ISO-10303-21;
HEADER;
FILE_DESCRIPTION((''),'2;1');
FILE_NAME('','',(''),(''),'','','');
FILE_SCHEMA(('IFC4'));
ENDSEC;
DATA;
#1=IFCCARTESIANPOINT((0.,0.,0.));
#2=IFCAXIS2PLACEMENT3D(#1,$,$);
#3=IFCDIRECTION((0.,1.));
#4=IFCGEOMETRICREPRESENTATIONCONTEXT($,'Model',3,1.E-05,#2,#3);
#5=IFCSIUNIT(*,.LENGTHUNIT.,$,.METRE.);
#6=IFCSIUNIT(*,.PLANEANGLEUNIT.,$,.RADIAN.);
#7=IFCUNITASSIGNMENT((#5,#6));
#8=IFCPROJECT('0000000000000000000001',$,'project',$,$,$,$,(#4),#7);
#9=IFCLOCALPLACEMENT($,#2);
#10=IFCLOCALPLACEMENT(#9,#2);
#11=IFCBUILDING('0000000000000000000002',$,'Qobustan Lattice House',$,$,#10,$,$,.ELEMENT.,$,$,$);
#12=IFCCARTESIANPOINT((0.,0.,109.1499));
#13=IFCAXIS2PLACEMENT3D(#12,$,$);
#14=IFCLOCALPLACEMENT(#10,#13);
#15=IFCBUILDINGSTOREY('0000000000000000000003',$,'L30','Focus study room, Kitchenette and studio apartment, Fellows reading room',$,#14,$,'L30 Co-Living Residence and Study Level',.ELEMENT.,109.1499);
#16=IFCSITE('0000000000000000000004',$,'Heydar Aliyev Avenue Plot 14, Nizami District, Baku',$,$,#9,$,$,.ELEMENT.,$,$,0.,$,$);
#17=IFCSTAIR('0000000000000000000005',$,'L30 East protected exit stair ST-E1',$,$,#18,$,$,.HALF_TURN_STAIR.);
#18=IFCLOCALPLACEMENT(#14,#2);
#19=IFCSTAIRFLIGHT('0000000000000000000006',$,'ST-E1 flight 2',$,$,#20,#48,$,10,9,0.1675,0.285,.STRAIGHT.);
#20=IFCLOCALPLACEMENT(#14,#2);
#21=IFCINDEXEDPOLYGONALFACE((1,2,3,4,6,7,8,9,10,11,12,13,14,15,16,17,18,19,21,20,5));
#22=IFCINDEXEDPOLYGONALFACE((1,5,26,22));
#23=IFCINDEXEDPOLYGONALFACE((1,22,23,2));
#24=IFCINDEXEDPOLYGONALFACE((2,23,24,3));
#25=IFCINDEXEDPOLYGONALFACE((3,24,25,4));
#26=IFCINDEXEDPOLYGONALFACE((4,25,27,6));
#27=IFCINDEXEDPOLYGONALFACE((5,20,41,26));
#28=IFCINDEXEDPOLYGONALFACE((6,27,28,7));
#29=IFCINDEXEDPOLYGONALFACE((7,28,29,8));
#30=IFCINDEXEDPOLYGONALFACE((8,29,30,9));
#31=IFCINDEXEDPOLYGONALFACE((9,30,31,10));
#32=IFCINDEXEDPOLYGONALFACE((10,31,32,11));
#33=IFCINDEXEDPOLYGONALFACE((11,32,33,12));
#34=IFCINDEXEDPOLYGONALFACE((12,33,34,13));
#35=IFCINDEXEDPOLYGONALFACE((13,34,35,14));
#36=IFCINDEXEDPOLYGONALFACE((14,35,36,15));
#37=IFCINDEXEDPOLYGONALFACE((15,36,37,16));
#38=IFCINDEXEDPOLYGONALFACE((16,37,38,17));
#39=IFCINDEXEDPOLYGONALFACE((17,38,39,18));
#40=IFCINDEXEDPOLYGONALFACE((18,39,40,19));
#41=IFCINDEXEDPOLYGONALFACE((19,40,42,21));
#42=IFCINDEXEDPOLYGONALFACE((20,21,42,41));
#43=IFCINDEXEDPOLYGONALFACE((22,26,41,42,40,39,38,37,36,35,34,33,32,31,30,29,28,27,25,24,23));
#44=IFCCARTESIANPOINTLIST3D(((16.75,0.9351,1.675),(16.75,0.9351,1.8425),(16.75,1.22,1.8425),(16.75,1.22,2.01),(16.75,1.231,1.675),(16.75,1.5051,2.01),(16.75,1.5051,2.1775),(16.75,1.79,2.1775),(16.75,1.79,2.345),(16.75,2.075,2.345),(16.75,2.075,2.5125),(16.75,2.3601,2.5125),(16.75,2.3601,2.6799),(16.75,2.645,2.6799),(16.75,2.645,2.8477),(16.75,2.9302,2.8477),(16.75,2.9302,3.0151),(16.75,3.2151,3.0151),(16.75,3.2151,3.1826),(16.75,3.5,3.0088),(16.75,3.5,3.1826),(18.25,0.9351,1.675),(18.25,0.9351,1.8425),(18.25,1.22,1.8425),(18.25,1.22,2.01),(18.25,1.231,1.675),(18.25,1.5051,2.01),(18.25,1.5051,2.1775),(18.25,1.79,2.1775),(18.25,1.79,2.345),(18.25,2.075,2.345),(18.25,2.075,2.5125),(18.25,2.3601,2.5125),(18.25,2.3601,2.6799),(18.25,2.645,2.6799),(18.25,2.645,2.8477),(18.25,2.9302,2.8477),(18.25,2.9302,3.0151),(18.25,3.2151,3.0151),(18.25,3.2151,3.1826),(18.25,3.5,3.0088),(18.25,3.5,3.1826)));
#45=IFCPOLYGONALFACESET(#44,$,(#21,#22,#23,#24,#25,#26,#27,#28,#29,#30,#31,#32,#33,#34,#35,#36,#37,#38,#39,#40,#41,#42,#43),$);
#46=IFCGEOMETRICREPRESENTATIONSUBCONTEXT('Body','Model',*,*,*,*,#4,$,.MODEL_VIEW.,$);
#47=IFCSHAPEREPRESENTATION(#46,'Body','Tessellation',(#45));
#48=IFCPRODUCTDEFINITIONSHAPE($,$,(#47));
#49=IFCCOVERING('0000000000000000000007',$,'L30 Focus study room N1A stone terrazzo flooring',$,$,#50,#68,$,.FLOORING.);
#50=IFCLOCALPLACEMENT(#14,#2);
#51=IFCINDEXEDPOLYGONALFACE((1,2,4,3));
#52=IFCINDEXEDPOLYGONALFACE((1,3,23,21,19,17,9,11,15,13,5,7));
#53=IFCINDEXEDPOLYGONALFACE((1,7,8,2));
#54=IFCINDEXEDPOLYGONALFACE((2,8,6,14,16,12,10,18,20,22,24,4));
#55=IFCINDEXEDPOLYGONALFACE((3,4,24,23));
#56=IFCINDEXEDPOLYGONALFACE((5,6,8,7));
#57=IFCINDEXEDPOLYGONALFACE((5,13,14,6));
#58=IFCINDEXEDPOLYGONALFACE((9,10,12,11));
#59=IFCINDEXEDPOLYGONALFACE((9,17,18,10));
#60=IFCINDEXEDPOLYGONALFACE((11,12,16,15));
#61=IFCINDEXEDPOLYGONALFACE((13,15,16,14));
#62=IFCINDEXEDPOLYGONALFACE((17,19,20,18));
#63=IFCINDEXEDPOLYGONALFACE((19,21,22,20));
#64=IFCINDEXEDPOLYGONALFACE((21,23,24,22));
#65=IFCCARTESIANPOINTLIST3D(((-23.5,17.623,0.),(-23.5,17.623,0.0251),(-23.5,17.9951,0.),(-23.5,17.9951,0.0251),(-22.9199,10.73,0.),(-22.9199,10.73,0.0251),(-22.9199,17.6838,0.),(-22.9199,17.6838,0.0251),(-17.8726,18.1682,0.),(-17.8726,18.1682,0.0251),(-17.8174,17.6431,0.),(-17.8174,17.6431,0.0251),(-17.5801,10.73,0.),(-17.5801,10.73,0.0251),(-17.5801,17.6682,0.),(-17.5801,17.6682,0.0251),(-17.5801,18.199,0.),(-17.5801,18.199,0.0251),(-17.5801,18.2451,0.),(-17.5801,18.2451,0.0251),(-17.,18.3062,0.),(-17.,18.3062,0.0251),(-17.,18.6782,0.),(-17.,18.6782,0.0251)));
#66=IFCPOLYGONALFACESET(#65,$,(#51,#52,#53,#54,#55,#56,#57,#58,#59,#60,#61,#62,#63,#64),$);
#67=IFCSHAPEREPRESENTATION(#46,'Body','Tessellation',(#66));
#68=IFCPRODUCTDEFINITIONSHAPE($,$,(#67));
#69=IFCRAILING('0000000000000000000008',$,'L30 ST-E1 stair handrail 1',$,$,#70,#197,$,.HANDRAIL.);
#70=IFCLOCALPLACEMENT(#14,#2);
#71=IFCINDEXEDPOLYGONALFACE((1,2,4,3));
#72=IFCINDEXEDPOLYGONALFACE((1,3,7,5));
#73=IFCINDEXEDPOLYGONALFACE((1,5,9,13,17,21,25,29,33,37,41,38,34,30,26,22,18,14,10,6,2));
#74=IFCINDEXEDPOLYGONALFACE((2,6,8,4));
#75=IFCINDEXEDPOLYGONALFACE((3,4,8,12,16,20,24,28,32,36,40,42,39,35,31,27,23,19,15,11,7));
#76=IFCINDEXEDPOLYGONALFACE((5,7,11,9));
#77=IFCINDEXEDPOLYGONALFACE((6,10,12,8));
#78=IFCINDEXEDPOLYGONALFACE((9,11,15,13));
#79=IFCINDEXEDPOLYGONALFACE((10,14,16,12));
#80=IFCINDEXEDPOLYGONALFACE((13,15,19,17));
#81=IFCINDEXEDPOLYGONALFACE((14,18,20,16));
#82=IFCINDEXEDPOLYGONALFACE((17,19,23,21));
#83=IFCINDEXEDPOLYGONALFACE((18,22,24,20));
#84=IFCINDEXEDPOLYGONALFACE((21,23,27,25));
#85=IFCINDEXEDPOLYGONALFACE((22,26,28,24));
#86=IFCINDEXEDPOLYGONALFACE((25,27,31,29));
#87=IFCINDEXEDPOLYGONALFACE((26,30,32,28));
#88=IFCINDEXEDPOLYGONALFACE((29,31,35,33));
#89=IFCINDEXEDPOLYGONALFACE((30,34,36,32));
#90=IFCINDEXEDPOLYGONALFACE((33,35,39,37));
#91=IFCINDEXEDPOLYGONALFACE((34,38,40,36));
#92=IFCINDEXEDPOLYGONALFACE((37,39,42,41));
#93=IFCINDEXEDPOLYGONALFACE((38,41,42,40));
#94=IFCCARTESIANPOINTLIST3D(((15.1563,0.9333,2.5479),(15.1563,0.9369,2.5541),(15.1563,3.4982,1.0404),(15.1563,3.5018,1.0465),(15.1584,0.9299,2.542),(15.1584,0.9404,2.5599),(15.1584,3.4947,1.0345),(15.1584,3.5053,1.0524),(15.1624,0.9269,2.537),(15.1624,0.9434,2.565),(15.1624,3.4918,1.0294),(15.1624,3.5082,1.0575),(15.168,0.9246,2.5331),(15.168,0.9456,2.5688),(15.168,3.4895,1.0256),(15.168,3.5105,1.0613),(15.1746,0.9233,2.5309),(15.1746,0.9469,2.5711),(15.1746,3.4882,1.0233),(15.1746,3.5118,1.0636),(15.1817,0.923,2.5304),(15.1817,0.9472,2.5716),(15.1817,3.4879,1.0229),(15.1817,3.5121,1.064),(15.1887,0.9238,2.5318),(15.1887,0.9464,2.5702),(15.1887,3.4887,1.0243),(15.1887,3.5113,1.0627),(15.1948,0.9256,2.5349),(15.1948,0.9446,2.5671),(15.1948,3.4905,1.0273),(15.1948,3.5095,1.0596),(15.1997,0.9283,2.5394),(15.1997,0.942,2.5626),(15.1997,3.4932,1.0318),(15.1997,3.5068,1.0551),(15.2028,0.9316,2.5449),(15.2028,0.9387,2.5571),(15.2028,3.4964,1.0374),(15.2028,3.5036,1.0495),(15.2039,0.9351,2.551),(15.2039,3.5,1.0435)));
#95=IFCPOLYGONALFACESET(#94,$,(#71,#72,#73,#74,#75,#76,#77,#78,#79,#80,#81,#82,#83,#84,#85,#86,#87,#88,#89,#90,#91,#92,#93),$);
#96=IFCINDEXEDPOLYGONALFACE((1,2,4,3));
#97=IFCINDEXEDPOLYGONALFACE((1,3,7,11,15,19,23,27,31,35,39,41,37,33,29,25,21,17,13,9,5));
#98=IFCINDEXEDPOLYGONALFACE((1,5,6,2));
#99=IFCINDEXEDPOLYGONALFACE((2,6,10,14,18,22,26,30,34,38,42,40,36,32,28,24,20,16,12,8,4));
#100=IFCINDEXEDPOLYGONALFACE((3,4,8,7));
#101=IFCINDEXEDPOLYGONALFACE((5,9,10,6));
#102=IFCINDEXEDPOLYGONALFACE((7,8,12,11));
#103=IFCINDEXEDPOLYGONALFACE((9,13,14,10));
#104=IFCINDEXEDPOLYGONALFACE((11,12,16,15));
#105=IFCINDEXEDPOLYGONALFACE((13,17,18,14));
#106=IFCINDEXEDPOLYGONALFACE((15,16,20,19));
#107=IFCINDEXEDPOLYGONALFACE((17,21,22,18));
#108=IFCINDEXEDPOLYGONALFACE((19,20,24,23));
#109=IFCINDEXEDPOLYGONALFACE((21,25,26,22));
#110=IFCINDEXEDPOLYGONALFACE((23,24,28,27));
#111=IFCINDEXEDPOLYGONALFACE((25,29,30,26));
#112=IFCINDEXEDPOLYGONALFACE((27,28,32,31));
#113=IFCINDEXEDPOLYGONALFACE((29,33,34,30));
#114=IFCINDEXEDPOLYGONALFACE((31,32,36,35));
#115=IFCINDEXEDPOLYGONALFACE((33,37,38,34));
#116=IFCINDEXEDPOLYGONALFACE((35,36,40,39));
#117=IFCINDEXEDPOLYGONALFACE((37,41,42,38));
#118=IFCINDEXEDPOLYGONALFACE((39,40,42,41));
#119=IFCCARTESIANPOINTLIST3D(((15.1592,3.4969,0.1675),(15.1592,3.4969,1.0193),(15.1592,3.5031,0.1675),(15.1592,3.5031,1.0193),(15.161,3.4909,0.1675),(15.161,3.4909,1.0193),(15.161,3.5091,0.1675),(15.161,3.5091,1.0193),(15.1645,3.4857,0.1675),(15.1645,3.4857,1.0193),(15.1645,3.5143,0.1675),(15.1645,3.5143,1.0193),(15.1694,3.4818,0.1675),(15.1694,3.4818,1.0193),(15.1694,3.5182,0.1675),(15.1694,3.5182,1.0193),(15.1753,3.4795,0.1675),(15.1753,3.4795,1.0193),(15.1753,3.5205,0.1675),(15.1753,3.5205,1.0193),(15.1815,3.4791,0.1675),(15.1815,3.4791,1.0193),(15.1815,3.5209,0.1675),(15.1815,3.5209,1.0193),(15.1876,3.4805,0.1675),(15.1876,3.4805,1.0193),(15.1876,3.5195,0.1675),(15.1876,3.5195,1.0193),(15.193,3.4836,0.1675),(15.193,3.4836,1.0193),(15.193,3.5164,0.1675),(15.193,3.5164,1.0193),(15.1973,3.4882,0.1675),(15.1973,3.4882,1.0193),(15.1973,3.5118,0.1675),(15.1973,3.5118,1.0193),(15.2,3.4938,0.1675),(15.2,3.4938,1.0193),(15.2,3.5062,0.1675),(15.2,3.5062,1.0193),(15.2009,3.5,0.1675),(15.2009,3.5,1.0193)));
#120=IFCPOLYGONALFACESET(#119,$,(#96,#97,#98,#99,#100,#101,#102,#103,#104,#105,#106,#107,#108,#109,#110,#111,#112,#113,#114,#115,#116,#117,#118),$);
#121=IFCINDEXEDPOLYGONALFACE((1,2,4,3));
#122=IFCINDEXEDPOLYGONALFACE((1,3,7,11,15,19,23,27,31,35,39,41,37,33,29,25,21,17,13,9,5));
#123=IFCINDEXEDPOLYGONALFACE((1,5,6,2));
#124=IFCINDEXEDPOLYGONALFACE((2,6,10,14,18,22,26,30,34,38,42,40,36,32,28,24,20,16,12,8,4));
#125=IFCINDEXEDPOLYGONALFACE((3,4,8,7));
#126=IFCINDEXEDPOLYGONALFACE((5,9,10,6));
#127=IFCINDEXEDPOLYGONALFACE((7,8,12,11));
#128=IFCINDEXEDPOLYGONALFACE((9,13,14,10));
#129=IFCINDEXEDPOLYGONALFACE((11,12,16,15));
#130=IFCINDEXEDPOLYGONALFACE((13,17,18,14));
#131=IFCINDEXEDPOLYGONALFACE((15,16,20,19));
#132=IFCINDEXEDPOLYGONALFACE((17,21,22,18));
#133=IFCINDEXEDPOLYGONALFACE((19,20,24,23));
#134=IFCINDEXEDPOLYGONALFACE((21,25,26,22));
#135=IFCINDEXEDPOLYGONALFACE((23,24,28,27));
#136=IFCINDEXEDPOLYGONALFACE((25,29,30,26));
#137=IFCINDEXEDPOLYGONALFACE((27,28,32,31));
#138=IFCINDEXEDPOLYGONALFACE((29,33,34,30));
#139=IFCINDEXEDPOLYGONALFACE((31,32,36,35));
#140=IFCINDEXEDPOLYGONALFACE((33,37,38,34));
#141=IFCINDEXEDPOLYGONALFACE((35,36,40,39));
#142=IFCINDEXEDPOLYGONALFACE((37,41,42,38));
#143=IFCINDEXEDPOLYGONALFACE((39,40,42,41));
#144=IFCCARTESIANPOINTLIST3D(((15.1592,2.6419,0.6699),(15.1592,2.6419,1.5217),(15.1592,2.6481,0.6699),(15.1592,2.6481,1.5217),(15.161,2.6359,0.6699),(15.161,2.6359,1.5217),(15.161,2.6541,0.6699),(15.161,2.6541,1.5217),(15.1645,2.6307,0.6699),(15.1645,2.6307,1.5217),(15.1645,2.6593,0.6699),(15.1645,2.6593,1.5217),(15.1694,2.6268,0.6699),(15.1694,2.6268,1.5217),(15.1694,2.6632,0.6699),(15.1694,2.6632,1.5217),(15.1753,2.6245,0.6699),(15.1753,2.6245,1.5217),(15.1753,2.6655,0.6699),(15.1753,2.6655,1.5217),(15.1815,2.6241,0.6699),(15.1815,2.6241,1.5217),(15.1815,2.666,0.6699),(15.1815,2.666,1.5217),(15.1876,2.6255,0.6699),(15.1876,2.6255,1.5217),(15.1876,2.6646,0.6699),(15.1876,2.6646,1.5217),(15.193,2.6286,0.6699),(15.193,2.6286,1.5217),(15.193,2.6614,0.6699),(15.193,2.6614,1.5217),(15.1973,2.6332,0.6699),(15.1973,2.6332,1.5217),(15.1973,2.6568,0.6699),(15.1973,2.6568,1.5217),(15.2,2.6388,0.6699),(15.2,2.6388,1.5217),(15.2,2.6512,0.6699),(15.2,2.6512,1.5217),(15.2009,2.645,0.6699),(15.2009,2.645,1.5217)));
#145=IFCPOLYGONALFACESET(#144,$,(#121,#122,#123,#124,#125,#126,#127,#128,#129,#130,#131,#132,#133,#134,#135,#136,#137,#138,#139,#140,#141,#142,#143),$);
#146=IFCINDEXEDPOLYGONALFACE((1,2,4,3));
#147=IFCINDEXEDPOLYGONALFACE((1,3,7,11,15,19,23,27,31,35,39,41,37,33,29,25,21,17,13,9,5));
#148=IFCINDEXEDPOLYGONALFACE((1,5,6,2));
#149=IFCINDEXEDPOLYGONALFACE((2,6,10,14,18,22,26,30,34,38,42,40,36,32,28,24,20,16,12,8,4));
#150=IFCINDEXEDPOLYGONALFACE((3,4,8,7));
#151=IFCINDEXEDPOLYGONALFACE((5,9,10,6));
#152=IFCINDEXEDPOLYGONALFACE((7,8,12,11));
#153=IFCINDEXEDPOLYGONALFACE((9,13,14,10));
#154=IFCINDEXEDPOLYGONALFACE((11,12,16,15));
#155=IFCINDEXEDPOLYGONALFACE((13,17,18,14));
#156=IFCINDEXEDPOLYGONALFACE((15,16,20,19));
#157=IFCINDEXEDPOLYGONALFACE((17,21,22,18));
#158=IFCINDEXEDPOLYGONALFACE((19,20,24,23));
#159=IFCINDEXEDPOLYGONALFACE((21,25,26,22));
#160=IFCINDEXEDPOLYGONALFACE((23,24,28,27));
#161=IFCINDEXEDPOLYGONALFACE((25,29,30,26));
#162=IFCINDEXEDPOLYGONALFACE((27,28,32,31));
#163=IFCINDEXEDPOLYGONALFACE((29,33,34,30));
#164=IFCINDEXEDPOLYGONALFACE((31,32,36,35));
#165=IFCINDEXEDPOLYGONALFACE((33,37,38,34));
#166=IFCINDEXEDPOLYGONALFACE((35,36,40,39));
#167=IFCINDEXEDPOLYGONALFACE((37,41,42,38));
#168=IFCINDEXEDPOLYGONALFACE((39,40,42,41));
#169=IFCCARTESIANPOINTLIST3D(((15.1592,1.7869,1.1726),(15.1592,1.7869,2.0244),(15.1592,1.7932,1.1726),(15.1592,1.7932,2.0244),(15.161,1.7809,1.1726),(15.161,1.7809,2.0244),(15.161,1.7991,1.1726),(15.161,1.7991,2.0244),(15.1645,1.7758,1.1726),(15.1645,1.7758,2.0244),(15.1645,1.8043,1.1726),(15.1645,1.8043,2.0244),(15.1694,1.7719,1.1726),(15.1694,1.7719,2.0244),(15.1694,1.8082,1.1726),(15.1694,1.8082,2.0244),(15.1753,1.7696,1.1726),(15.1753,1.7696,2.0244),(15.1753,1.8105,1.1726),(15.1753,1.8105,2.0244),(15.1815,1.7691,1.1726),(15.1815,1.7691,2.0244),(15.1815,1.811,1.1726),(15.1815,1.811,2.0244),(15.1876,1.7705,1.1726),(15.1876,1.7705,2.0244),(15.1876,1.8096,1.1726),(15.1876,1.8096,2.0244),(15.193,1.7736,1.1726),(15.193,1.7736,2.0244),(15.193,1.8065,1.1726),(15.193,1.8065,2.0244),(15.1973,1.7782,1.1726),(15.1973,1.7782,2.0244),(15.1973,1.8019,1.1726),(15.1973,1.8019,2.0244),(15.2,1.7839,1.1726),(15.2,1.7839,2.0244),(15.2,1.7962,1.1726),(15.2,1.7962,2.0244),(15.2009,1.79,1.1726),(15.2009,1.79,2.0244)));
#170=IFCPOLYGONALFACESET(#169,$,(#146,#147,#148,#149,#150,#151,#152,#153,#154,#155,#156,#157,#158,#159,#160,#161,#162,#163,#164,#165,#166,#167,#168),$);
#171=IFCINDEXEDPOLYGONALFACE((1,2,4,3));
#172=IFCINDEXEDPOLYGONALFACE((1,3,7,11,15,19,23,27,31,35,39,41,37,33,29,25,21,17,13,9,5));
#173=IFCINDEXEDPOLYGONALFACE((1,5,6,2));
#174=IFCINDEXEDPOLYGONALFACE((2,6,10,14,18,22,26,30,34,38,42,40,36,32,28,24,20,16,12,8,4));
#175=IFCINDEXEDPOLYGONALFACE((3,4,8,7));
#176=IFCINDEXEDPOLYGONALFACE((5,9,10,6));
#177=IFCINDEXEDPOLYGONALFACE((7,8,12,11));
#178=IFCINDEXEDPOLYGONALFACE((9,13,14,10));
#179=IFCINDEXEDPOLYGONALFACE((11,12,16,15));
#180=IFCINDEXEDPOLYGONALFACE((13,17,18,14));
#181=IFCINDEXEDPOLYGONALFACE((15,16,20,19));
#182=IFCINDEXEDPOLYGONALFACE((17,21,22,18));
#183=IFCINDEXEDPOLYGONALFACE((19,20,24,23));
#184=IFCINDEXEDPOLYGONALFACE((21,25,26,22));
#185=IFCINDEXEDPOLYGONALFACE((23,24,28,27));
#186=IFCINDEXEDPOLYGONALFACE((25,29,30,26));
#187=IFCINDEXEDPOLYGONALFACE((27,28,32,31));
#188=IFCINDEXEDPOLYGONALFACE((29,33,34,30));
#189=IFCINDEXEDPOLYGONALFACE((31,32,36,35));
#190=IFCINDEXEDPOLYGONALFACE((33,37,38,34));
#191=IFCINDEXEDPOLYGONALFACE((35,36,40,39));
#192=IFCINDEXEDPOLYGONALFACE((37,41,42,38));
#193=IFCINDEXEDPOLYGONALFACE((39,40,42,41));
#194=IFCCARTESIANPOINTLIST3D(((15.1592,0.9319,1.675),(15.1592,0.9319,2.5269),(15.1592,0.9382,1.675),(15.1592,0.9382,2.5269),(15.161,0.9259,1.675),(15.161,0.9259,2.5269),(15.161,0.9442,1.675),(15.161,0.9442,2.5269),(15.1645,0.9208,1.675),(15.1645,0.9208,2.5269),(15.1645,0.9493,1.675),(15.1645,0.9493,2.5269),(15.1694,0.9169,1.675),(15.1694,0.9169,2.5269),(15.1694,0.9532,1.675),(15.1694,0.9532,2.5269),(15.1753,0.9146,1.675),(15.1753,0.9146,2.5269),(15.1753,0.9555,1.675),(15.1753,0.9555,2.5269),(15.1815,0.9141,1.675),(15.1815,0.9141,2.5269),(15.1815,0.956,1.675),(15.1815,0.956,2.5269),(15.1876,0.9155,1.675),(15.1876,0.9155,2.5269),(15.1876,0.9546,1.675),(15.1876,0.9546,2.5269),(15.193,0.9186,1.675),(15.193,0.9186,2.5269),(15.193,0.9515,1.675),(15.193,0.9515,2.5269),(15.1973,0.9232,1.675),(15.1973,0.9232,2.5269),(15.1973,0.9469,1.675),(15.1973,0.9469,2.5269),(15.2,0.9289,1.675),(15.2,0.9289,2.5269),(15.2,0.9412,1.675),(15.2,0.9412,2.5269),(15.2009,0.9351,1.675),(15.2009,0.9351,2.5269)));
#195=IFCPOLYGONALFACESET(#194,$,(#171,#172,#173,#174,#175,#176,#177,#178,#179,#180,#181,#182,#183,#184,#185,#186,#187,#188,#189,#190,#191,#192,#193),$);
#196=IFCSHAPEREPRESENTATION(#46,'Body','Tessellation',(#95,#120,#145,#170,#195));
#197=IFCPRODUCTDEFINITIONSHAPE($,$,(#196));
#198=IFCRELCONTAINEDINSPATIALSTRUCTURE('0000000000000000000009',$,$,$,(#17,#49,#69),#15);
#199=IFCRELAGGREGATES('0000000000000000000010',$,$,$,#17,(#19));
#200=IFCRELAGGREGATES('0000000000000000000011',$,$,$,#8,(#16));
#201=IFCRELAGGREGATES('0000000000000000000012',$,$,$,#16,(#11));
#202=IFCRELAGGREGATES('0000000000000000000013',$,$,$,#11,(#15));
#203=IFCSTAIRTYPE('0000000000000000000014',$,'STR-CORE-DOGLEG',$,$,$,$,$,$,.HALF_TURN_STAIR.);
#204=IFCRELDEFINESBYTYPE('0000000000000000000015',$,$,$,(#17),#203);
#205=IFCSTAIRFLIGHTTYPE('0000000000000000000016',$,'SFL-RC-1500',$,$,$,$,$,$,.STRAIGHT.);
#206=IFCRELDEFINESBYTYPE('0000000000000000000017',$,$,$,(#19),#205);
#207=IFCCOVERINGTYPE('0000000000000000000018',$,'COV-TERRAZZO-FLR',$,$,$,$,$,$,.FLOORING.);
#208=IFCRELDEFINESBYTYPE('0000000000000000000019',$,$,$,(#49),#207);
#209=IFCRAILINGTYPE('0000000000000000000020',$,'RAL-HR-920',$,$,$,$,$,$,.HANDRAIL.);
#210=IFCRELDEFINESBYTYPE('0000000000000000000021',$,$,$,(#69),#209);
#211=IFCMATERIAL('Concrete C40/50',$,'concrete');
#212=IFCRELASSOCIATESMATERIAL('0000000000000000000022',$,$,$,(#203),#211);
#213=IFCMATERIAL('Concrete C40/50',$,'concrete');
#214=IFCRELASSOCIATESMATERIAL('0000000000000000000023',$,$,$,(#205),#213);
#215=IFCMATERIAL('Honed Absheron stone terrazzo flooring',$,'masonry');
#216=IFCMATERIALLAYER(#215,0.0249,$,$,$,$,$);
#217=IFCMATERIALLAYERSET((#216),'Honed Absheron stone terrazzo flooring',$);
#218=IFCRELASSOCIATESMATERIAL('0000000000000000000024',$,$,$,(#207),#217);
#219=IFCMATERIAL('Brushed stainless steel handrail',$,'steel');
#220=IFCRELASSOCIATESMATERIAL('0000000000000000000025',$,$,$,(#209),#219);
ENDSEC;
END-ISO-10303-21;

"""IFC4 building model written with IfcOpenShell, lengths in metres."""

from ifc_helpers import new_model, si_unit, direction, frame, origin, origin_2d, place, context, subcontext, project, spatial, polyline, circle, outline, extrude, material, layer, layer_set, type_object, element, aggregate, save


model = new_model("IFC4")

# Units and contexts
model_context = context("Model", 3, precision=1e-05, world=origin(), true_north=direction((0.0, 1.0)))
body_context = subcontext(model_context, "Body", "Model", "MODEL_VIEW")
ifc_project = project(units=[si_unit("LENGTHUNIT", "METRE"), si_unit("PLANEANGLEUNIT", "RADIAN")], contexts=[model_context])

# Site, building, storey
site_placement = place(None, origin())
site = spatial("IfcSite", under=ifc_project, at=site_placement, Name="Heydar Aliyev Avenue Plot 14, Nizami District, Baku", CompositionType="ELEMENT", RefElevation=0.0)
building_placement = place(site_placement, origin())
building = spatial("IfcBuilding", under=site, at=building_placement, Name="Qobustan Lattice House", CompositionType="ELEMENT")
storey_placement = place(building_placement, frame((0.0, 0.0, 109.1499)))
storey = spatial("IfcBuildingStorey", under=building, at=storey_placement, Name="L30", Description="Focus study room, Kitchenette and studio apartment, Fellows reading room", LongName="L30 Co-Living Residence and Study Level", CompositionType="ELEMENT", Elevation=109.1499)

# Stair, stair flight
ifc_material_1 = material(Name="Concrete C40/50", Category="concrete")
stair_type = type_object("IfcStairType", Name="STR-CORE-DOGLEG", PredefinedType="HALF_TURN_STAIR", material=ifc_material_1)
stair_placement = place(storey_placement, origin())
stair = element("IfcStair", 1, at=stair_placement, inside=storey, type_object=stair_type, Name="L30 East protected exit stair ST-E1", PredefinedType="HALF_TURN_STAIR")
ifc_material_2 = material(Name="Concrete C40/50", Category="concrete")
stair_flight_type = type_object("IfcStairFlightType", Name="SFL-RC-1500", PredefinedType="STRAIGHT", material=ifc_material_2)
stair_flight_1_placement = place(storey_placement, frame((17.5, 0.9351, 1.675), z_axis=(0.0, 0.0, 1.0), x_axis=(0.0, 1.0, 0.0)))
stair_flight_1 = element("IfcStairFlight", 2, at=stair_flight_1_placement, type_object=stair_flight_type, Name="ST-E1 flight 2", NumberOfRisers=10, NumberOfTreads=9, PredefinedType="STRAIGHT", RiserHeight=0.1675, TreadLength=0.285, context=body_context, shape_type="SweptSolid", body=[
    extrude(outline(polyline([(0.0, 0.0), (0.0, 0.1675), (0.2849, 0.1675), (0.2849, 0.335), (0.5701, 0.335), (0.5701, 0.5024), (0.855, 0.5024), (0.855, 0.6699), (1.1399, 0.6699), (1.1399, 0.8374), (1.425, 0.8374), (1.425, 1.0049), (1.71, 1.0049), (1.71, 1.1726), (1.9951, 1.1726), (1.9951, 1.3401), (2.28, 1.3401), (2.28, 1.5076), (2.5649, 1.5076), (2.5649, 1.675), (2.5649, 1.3337), (0.2959, 0.0), (0.0, 0.0)])), frame((0.0, 0.75, 0.0), z_axis=(0.0, -1.0, 0.0), x_axis=(1.0, 0.0, 0.0)), (0.0, 0.0, 1.0), 1.5),
])
aggregate(stair, [stair_flight_1])

# Covering
ifc_material_3 = material(Name="Honed Absheron stone terrazzo flooring", Category="masonry")
ifc_layer_1 = layer(ifc_material_3, 0.0249)
ifc_layer_set_1 = layer_set([ifc_layer_1], Name="Honed Absheron stone terrazzo flooring")
covering_type = type_object("IfcCoveringType", Name="COV-TERRAZZO-FLR", PredefinedType="FLOORING", material=ifc_layer_set_1)
covering_placement = place(storey_placement, origin())
element("IfcCovering", 3, at=covering_placement, inside=storey, type_object=covering_type, Name="L30 Focus study room N1A stone terrazzo flooring", PredefinedType="FLOORING", context=body_context, shape_type="SweptSolid", body=[
    extrude(outline(polyline([(-23.5, 17.9951), (-23.5, 17.623), (-22.9199, 17.6838), (-22.9199, 10.73), (-17.5801, 10.73), (-17.5801, 17.6682), (-17.8174, 17.6431), (-17.8726, 18.1682), (-17.5801, 18.199), (-17.5801, 18.2451), (-17.0, 18.3062), (-17.0, 18.6782), (-23.5, 17.9951)])), origin(), (0.0, 0.0, 1.0), 0.0251),
])

# Railing
ifc_material_4 = material(Name="Brushed stainless steel handrail", Category="steel")
railing_type_1 = type_object("IfcRailingType", Name="RAL-HR-920", PredefinedType="HANDRAIL", material=ifc_material_4)
railing_1_placement = place(storey_placement, frame((15.1799, 3.5, 0.1675)))
element("IfcRailing", 4, at=railing_1_placement, inside=storey, type_object=railing_type_1, Name="L30 ST-E1 stair handrail 1", PredefinedType="HANDRAIL", context=body_context, shape_type="SweptSolid", body=[
    extrude(circle(Radius=0.0239, at=origin_2d()), frame((0.0, 0.0, 0.876), z_axis=(0.0, -0.862113, 0.506715), x_axis=(1.0, 0.0, 0.0)), (0.0, 0.0, 1.0), 2.9751),
    extrude(circle(Radius=0.021, at=origin_2d()), origin(), (0.0, 0.0, 1.0), 0.8518),
    extrude(circle(Radius=0.021, at=origin_2d()), frame((0.0, -0.855, 0.5024)), (0.0, 0.0, 1.0), 0.8518),
    extrude(circle(Radius=0.021, at=origin_2d()), frame((0.0, -1.71, 1.0051)), (0.0, 0.0, 1.0), 0.8518),
    extrude(circle(Radius=0.021, at=origin_2d()), frame((0.0, -2.5649, 1.5076)), (0.0, 0.0, 1.0), 0.8518),
])

save(model, "model.ifc")
